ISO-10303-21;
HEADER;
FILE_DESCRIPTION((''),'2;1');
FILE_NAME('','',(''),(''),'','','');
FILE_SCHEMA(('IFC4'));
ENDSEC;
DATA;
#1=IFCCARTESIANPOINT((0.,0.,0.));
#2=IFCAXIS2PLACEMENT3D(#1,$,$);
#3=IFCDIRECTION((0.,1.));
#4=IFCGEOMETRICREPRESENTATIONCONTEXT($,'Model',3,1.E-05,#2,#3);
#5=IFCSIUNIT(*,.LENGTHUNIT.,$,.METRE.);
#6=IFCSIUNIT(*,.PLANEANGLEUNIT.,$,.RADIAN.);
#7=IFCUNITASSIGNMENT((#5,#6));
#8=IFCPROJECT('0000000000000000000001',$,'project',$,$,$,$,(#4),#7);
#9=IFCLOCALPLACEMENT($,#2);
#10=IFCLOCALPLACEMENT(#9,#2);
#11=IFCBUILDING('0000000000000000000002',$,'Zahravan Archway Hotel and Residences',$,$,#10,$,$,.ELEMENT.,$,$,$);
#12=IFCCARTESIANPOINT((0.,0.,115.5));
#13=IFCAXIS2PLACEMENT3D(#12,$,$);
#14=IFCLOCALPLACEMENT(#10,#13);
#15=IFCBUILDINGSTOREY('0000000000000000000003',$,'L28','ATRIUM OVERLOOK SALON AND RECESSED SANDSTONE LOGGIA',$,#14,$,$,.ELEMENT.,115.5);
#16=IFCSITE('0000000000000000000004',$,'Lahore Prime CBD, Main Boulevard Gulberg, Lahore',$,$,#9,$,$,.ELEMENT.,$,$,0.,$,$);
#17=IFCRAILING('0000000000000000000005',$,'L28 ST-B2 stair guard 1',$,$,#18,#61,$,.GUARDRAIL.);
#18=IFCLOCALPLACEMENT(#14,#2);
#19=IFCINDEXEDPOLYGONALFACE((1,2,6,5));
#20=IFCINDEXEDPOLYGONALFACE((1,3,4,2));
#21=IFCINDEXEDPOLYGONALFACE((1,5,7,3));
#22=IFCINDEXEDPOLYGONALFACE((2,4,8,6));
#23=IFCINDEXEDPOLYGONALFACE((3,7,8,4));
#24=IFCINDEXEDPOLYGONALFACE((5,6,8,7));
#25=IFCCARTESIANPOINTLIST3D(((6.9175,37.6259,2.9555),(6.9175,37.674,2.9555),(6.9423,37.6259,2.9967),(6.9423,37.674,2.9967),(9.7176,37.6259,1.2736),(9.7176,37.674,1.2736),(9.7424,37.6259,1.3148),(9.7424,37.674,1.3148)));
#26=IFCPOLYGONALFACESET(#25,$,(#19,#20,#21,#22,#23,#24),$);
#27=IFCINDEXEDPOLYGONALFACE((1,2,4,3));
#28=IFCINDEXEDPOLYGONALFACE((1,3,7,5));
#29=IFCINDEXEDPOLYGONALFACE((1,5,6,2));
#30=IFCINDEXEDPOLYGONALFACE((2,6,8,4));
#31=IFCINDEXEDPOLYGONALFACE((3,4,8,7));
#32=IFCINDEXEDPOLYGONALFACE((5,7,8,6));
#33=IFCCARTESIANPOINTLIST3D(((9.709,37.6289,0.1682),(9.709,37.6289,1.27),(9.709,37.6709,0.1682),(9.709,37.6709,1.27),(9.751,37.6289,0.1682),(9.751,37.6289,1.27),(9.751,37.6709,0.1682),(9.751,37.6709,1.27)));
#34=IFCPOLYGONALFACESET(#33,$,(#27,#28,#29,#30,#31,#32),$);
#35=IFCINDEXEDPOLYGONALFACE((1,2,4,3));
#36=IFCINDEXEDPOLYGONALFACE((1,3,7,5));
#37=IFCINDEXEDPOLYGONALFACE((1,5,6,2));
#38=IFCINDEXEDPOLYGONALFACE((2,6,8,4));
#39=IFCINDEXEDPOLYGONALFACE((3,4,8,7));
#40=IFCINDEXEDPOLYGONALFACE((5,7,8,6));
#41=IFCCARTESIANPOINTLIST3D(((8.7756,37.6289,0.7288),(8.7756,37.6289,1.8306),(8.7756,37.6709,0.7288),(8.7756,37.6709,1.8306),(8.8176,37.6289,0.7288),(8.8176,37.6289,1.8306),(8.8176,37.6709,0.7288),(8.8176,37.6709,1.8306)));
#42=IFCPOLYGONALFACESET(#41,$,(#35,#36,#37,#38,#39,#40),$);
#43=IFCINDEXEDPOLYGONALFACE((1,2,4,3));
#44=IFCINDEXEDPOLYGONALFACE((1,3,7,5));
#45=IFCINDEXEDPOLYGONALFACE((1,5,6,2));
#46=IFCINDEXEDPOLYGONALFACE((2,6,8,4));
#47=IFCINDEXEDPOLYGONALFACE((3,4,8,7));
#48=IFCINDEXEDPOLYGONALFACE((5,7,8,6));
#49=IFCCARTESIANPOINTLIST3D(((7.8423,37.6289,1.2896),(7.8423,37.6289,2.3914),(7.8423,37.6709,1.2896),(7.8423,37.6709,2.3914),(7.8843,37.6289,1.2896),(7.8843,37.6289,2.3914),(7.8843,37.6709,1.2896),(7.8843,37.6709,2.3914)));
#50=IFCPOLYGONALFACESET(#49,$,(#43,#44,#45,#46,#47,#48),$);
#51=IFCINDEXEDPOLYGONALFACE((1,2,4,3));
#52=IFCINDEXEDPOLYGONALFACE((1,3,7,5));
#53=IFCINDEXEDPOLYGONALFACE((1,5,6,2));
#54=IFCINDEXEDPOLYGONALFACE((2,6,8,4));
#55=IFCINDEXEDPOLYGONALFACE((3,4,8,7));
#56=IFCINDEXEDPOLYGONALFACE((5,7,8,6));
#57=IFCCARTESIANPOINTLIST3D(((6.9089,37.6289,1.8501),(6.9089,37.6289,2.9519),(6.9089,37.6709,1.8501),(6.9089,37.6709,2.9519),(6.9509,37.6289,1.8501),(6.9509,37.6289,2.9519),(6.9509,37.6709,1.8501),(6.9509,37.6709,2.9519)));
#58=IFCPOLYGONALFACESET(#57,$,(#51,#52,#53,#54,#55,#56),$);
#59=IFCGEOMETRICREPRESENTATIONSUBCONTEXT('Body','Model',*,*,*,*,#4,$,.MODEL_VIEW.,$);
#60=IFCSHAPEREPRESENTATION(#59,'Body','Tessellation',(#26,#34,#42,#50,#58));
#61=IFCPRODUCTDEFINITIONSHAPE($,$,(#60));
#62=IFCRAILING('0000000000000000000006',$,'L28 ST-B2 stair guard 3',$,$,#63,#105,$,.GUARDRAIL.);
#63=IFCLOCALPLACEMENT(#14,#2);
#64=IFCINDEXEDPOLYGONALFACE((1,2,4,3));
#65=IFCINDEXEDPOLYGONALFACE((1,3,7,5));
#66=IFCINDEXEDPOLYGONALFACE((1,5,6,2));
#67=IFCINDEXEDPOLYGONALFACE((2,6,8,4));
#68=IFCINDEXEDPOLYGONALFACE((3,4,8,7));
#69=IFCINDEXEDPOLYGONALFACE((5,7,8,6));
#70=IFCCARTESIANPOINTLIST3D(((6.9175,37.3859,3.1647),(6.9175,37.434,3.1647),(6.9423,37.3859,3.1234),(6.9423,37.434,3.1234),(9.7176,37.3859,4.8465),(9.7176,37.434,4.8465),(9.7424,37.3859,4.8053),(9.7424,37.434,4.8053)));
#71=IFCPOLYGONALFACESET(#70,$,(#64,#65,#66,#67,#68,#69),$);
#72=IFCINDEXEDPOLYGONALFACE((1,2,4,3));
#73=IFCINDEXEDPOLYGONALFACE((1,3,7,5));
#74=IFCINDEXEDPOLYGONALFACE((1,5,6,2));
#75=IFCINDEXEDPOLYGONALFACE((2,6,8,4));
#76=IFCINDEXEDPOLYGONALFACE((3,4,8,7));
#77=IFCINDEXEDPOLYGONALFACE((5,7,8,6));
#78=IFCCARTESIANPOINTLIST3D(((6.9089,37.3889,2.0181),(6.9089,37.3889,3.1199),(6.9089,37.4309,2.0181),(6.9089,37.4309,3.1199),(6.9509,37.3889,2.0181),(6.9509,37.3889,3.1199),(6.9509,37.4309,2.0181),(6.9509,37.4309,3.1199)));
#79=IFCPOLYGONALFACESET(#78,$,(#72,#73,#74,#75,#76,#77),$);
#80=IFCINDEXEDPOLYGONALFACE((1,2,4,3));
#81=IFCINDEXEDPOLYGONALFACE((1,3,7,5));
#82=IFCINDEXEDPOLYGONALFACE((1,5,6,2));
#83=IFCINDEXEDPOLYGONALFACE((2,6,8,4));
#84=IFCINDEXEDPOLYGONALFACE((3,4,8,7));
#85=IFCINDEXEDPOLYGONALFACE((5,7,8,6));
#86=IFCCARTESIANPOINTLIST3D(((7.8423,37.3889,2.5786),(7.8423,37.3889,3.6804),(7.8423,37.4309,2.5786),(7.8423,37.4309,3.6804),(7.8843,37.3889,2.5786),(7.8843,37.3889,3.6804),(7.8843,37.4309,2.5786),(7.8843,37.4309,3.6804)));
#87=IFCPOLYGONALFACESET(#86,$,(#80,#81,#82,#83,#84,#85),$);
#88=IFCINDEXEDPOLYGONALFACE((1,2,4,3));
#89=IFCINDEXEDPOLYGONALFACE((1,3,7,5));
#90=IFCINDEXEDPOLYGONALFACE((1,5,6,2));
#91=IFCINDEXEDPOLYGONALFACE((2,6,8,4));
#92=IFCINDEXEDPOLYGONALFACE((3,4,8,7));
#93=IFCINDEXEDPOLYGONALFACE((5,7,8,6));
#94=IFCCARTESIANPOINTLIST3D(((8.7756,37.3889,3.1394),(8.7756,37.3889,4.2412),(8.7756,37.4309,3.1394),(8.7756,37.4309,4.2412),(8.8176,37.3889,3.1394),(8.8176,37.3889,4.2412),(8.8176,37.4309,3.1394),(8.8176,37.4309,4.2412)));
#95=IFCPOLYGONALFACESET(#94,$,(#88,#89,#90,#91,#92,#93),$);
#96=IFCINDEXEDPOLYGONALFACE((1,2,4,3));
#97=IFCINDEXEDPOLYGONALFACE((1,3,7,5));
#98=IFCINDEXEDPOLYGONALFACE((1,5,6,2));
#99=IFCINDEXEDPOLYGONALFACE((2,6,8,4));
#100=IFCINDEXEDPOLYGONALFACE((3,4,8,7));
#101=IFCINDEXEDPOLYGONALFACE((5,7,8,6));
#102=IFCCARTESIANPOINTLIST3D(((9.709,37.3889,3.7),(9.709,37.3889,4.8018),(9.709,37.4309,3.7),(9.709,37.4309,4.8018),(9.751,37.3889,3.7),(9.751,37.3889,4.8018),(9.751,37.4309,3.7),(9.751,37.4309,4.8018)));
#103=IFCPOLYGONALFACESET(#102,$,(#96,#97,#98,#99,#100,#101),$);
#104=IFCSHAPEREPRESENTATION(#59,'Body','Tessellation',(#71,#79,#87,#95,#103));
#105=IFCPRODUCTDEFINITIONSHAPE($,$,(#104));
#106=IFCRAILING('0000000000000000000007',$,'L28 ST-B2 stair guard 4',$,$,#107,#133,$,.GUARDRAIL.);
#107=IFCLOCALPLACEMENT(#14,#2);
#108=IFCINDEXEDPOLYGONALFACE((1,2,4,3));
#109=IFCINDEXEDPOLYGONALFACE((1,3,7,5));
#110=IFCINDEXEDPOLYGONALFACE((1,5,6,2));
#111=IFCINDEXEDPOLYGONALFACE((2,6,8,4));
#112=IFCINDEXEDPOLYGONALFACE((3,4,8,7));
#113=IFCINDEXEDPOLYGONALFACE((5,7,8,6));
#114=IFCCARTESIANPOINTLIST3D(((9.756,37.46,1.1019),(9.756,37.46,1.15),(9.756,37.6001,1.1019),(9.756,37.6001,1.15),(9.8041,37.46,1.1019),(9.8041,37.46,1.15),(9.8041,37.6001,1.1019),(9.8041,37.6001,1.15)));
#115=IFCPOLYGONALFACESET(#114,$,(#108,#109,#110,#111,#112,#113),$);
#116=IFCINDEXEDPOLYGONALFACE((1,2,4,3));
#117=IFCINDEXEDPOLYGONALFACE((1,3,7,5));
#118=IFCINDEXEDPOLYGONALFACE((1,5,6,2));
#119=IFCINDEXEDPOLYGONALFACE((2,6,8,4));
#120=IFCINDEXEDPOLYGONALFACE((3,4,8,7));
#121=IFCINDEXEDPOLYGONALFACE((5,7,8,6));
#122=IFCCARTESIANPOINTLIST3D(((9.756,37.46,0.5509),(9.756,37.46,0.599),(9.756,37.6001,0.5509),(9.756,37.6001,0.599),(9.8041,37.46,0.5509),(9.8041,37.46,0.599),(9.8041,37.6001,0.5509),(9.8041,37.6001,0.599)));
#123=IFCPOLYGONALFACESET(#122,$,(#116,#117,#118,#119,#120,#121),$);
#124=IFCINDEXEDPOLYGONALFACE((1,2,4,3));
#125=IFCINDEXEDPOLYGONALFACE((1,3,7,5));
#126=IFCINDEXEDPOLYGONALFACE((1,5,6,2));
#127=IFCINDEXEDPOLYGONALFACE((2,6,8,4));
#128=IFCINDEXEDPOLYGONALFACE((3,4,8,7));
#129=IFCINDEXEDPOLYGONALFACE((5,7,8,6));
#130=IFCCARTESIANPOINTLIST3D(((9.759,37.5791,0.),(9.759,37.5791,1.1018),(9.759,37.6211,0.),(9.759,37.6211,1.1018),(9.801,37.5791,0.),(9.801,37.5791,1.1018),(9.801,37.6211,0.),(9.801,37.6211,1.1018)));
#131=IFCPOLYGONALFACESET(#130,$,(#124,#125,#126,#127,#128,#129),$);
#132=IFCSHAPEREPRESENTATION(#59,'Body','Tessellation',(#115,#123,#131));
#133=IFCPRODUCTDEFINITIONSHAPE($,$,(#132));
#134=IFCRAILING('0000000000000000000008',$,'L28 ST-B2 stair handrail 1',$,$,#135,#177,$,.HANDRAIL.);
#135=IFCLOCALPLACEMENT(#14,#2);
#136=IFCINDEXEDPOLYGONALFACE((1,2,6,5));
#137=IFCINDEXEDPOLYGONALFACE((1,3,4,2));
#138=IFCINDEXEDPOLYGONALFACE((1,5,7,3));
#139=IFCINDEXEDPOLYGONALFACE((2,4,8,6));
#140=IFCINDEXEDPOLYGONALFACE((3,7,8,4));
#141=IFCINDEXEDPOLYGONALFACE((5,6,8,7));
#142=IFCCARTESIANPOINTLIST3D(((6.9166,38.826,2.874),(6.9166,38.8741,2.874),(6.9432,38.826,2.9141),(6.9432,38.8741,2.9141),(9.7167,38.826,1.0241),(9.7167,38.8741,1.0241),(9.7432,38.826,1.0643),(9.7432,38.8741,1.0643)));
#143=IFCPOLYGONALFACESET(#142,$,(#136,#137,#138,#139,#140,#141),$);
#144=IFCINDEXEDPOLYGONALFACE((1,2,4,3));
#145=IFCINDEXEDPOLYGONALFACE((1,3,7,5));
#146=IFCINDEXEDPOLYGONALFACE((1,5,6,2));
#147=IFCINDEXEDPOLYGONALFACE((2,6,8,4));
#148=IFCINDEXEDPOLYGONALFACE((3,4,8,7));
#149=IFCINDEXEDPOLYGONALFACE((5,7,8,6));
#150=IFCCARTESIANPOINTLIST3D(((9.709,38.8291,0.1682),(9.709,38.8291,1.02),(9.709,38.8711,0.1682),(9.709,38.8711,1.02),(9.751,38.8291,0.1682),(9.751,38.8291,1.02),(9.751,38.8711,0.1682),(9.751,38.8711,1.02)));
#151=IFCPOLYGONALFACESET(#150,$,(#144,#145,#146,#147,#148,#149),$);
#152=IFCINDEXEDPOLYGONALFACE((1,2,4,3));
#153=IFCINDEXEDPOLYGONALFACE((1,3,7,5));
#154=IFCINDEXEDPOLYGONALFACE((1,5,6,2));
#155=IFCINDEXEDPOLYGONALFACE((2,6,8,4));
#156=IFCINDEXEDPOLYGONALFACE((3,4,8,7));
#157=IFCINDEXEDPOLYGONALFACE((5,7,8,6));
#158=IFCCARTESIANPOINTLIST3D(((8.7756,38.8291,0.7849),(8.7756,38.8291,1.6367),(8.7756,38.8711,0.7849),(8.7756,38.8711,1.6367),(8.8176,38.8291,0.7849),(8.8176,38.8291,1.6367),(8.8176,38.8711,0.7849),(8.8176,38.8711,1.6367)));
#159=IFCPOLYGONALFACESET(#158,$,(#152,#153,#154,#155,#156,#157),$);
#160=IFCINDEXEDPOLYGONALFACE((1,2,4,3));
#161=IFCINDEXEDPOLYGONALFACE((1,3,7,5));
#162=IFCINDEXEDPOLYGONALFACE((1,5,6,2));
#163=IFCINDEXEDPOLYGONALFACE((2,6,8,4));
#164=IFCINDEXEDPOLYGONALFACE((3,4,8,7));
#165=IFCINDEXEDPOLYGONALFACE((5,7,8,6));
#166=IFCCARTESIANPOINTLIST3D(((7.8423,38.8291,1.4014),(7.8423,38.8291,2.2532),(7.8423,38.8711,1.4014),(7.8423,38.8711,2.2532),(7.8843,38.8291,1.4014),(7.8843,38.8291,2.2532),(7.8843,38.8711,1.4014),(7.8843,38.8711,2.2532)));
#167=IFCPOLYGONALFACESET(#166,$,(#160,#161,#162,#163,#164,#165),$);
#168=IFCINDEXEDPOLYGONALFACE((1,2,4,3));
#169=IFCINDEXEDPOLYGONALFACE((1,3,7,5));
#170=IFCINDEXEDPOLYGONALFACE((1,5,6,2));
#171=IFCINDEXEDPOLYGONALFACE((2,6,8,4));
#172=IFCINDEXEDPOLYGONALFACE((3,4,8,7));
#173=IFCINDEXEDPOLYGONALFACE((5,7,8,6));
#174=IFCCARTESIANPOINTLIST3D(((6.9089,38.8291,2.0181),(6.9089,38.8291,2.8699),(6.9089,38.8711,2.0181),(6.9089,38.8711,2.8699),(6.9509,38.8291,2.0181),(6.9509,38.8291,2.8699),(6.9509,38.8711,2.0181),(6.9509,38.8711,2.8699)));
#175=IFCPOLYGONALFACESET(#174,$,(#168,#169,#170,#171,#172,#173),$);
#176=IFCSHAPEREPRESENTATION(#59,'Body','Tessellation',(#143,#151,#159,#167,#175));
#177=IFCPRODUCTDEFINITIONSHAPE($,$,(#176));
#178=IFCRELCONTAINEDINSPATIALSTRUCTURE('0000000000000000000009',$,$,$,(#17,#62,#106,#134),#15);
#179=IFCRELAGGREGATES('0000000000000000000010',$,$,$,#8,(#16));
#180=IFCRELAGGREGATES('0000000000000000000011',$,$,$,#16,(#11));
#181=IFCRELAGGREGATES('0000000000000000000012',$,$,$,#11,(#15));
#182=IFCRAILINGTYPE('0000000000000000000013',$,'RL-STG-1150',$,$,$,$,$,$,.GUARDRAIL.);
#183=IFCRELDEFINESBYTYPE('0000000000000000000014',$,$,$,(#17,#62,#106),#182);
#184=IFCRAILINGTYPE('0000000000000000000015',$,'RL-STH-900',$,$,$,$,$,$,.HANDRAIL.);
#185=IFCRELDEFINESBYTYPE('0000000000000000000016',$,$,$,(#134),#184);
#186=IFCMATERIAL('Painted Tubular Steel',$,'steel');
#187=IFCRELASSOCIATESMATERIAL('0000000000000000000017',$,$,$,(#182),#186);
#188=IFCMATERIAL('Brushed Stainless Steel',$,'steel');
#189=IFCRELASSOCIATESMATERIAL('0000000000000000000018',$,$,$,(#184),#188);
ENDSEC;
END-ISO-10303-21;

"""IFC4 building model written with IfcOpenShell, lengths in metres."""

from ifc_helpers import new_model, si_unit, direction, frame, origin, origin_2d, place, context, subcontext, project, spatial, rectangle, extrude, material, type_object, element, save


model = new_model("IFC4")

# Units and contexts
model_context = context("Model", 3, precision=1e-05, world=origin(), true_north=direction((0.0, 1.0)))
body_context = subcontext(model_context, "Body", "Model", "MODEL_VIEW")
ifc_project = project(units=[si_unit("LENGTHUNIT", "METRE"), si_unit("PLANEANGLEUNIT", "RADIAN")], contexts=[model_context])

# Site, building, storey
site_placement = place(None, origin())
site = spatial("IfcSite", under=ifc_project, at=site_placement, Name="Lahore Prime CBD, Main Boulevard Gulberg, Lahore", CompositionType="ELEMENT", RefElevation=0.0)
building_placement = place(site_placement, origin())
building = spatial("IfcBuilding", under=site, at=building_placement, Name="Zahravan Archway Hotel and Residences", CompositionType="ELEMENT")
storey_placement = place(building_placement, frame((0.0, 0.0, 115.5)))
storey = spatial("IfcBuildingStorey", under=building, at=storey_placement, Name="L28", Description="ATRIUM OVERLOOK SALON AND RECESSED SANDSTONE LOGGIA", CompositionType="ELEMENT", Elevation=115.5)

# Railings
ifc_material_1 = material(Name="Painted Tubular Steel", Category="steel")
railing_type_1 = type_object("IfcRailingType", Name="RL-STG-1150", PredefinedType="GUARDRAIL", material=ifc_material_1)
railing_1_placement = place(storey_placement, frame((9.73, 37.6499, 0.1682)))
element("IfcRailing", 1, at=railing_1_placement, inside=storey, type_object=railing_type_1, Name="L28 ST-B2 stair guard 1", PredefinedType="GUARDRAIL", context=body_context, shape_type="SweptSolid", body=[
    extrude(rectangle(XDim=0.0481, YDim=0.0481, at=origin_2d()), frame((0.0, 0.0, 1.126), z_axis=(-0.857242, 0.0, 0.514913), x_axis=(0.0, -1.0, 0.0)), (0.0, 0.0, 1.0), 3.2664),
    extrude(rectangle(XDim=0.042, YDim=0.042, at=origin_2d()), origin(), (0.0, 0.0, 1.0), 1.1018),
    extrude(rectangle(XDim=0.042, YDim=0.042, at=origin_2d()), frame((-0.9333, 0.0, 0.5605)), (0.0, 0.0, 1.0), 1.1018),
    extrude(rectangle(XDim=0.042, YDim=0.042, at=origin_2d()), frame((-1.8667, 0.0, 1.1213)), (0.0, 0.0, 1.0), 1.1018),
    extrude(rectangle(XDim=0.042, YDim=0.042, at=origin_2d()), frame((-2.8, 0.0, 1.6819)), (0.0, 0.0, 1.0), 1.1018),
])
railing_2_placement = place(storey_placement, frame((6.9299, 37.4099, 2.0181)))
element("IfcRailing", 2, at=railing_2_placement, inside=storey, type_object=railing_type_1, Name="L28 ST-B2 stair guard 3", PredefinedType="GUARDRAIL", context=body_context, shape_type="SweptSolid", body=[
    extrude(rectangle(XDim=0.0481, YDim=0.0481, at=origin_2d()), frame((0.0, 0.0, 1.126), z_axis=(0.857242, 0.0, 0.514913), x_axis=(0.0, 1.0, 0.0)), (0.0, 0.0, 1.0), 3.2664),
    extrude(rectangle(XDim=0.042, YDim=0.042, at=origin_2d()), origin(), (0.0, 0.0, 1.0), 1.1018),
    extrude(rectangle(XDim=0.042, YDim=0.042, at=origin_2d()), frame((0.9333, 0.0, 0.5605)), (0.0, 0.0, 1.0), 1.1018),
    extrude(rectangle(XDim=0.042, YDim=0.042, at=origin_2d()), frame((1.8667, 0.0, 1.1213)), (0.0, 0.0, 1.0), 1.1018),
    extrude(rectangle(XDim=0.042, YDim=0.042, at=origin_2d()), frame((2.8, 0.0, 1.6819)), (0.0, 0.0, 1.0), 1.1018),
])
railing_3_placement = place(storey_placement, frame((9.78, 37.6001, 0.0)))
element("IfcRailing", 3, at=railing_3_placement, inside=storey, type_object=railing_type_1, Name="L28 ST-B2 stair guard 4", PredefinedType="GUARDRAIL", context=body_context, shape_type="SweptSolid", body=[
    extrude(rectangle(XDim=0.0481, YDim=0.0481, at=origin_2d()), frame((0.0, 0.0, 1.126), z_axis=(0.0, -1.0, 0.0), x_axis=(1.0, 0.0, 0.0)), (0.0, 0.0, 1.0), 0.1401),
    extrude(rectangle(XDim=0.0481, YDim=0.0481, at=origin_2d()), frame((0.0, 0.0, 0.575), z_axis=(0.0, -1.0, 0.0), x_axis=(1.0, 0.0, 0.0)), (0.0, 0.0, 1.0), 0.1401),
    extrude(rectangle(XDim=0.042, YDim=0.042, at=origin_2d()), origin(), (0.0, 0.0, 1.0), 1.1018),
])
ifc_material_2 = material(Name="Brushed Stainless Steel", Category="steel")
railing_type_2 = type_object("IfcRailingType", Name="RL-STH-900", PredefinedType="HANDRAIL", material=ifc_material_2)
railing_4_placement = place(storey_placement, frame((9.73, 38.8501, 0.1682)))
element("IfcRailing", 4, at=railing_4_placement, inside=storey, type_object=railing_type_2, Name="L28 ST-B2 stair handrail 1", PredefinedType="HANDRAIL", context=body_context, shape_type="SweptSolid", body=[
    extrude(rectangle(XDim=0.0481, YDim=0.0481, at=origin_2d()), frame((0.0, 0.0, 0.876), z_axis=(-0.83436, 0.0, 0.55122), x_axis=(0.0, -1.0, 0.0)), (0.0, 0.0, 1.0), 3.356),
    extrude(rectangle(XDim=0.042, YDim=0.042, at=origin_2d()), origin(), (0.0, 0.0, 1.0), 0.8518),
    extrude(rectangle(XDim=0.042, YDim=0.042, at=origin_2d()), frame((-0.9333, 0.0, 0.6167)), (0.0, 0.0, 1.0), 0.8518),
    extrude(rectangle(XDim=0.042, YDim=0.042, at=origin_2d()), frame((-1.8667, 0.0, 1.2332)), (0.0, 0.0, 1.0), 0.8518),
    extrude(rectangle(XDim=0.042, YDim=0.042, at=origin_2d()), frame((-2.8, 0.0, 1.8499)), (0.0, 0.0, 1.0), 0.8518),
])

save(model, "model.ifc")
